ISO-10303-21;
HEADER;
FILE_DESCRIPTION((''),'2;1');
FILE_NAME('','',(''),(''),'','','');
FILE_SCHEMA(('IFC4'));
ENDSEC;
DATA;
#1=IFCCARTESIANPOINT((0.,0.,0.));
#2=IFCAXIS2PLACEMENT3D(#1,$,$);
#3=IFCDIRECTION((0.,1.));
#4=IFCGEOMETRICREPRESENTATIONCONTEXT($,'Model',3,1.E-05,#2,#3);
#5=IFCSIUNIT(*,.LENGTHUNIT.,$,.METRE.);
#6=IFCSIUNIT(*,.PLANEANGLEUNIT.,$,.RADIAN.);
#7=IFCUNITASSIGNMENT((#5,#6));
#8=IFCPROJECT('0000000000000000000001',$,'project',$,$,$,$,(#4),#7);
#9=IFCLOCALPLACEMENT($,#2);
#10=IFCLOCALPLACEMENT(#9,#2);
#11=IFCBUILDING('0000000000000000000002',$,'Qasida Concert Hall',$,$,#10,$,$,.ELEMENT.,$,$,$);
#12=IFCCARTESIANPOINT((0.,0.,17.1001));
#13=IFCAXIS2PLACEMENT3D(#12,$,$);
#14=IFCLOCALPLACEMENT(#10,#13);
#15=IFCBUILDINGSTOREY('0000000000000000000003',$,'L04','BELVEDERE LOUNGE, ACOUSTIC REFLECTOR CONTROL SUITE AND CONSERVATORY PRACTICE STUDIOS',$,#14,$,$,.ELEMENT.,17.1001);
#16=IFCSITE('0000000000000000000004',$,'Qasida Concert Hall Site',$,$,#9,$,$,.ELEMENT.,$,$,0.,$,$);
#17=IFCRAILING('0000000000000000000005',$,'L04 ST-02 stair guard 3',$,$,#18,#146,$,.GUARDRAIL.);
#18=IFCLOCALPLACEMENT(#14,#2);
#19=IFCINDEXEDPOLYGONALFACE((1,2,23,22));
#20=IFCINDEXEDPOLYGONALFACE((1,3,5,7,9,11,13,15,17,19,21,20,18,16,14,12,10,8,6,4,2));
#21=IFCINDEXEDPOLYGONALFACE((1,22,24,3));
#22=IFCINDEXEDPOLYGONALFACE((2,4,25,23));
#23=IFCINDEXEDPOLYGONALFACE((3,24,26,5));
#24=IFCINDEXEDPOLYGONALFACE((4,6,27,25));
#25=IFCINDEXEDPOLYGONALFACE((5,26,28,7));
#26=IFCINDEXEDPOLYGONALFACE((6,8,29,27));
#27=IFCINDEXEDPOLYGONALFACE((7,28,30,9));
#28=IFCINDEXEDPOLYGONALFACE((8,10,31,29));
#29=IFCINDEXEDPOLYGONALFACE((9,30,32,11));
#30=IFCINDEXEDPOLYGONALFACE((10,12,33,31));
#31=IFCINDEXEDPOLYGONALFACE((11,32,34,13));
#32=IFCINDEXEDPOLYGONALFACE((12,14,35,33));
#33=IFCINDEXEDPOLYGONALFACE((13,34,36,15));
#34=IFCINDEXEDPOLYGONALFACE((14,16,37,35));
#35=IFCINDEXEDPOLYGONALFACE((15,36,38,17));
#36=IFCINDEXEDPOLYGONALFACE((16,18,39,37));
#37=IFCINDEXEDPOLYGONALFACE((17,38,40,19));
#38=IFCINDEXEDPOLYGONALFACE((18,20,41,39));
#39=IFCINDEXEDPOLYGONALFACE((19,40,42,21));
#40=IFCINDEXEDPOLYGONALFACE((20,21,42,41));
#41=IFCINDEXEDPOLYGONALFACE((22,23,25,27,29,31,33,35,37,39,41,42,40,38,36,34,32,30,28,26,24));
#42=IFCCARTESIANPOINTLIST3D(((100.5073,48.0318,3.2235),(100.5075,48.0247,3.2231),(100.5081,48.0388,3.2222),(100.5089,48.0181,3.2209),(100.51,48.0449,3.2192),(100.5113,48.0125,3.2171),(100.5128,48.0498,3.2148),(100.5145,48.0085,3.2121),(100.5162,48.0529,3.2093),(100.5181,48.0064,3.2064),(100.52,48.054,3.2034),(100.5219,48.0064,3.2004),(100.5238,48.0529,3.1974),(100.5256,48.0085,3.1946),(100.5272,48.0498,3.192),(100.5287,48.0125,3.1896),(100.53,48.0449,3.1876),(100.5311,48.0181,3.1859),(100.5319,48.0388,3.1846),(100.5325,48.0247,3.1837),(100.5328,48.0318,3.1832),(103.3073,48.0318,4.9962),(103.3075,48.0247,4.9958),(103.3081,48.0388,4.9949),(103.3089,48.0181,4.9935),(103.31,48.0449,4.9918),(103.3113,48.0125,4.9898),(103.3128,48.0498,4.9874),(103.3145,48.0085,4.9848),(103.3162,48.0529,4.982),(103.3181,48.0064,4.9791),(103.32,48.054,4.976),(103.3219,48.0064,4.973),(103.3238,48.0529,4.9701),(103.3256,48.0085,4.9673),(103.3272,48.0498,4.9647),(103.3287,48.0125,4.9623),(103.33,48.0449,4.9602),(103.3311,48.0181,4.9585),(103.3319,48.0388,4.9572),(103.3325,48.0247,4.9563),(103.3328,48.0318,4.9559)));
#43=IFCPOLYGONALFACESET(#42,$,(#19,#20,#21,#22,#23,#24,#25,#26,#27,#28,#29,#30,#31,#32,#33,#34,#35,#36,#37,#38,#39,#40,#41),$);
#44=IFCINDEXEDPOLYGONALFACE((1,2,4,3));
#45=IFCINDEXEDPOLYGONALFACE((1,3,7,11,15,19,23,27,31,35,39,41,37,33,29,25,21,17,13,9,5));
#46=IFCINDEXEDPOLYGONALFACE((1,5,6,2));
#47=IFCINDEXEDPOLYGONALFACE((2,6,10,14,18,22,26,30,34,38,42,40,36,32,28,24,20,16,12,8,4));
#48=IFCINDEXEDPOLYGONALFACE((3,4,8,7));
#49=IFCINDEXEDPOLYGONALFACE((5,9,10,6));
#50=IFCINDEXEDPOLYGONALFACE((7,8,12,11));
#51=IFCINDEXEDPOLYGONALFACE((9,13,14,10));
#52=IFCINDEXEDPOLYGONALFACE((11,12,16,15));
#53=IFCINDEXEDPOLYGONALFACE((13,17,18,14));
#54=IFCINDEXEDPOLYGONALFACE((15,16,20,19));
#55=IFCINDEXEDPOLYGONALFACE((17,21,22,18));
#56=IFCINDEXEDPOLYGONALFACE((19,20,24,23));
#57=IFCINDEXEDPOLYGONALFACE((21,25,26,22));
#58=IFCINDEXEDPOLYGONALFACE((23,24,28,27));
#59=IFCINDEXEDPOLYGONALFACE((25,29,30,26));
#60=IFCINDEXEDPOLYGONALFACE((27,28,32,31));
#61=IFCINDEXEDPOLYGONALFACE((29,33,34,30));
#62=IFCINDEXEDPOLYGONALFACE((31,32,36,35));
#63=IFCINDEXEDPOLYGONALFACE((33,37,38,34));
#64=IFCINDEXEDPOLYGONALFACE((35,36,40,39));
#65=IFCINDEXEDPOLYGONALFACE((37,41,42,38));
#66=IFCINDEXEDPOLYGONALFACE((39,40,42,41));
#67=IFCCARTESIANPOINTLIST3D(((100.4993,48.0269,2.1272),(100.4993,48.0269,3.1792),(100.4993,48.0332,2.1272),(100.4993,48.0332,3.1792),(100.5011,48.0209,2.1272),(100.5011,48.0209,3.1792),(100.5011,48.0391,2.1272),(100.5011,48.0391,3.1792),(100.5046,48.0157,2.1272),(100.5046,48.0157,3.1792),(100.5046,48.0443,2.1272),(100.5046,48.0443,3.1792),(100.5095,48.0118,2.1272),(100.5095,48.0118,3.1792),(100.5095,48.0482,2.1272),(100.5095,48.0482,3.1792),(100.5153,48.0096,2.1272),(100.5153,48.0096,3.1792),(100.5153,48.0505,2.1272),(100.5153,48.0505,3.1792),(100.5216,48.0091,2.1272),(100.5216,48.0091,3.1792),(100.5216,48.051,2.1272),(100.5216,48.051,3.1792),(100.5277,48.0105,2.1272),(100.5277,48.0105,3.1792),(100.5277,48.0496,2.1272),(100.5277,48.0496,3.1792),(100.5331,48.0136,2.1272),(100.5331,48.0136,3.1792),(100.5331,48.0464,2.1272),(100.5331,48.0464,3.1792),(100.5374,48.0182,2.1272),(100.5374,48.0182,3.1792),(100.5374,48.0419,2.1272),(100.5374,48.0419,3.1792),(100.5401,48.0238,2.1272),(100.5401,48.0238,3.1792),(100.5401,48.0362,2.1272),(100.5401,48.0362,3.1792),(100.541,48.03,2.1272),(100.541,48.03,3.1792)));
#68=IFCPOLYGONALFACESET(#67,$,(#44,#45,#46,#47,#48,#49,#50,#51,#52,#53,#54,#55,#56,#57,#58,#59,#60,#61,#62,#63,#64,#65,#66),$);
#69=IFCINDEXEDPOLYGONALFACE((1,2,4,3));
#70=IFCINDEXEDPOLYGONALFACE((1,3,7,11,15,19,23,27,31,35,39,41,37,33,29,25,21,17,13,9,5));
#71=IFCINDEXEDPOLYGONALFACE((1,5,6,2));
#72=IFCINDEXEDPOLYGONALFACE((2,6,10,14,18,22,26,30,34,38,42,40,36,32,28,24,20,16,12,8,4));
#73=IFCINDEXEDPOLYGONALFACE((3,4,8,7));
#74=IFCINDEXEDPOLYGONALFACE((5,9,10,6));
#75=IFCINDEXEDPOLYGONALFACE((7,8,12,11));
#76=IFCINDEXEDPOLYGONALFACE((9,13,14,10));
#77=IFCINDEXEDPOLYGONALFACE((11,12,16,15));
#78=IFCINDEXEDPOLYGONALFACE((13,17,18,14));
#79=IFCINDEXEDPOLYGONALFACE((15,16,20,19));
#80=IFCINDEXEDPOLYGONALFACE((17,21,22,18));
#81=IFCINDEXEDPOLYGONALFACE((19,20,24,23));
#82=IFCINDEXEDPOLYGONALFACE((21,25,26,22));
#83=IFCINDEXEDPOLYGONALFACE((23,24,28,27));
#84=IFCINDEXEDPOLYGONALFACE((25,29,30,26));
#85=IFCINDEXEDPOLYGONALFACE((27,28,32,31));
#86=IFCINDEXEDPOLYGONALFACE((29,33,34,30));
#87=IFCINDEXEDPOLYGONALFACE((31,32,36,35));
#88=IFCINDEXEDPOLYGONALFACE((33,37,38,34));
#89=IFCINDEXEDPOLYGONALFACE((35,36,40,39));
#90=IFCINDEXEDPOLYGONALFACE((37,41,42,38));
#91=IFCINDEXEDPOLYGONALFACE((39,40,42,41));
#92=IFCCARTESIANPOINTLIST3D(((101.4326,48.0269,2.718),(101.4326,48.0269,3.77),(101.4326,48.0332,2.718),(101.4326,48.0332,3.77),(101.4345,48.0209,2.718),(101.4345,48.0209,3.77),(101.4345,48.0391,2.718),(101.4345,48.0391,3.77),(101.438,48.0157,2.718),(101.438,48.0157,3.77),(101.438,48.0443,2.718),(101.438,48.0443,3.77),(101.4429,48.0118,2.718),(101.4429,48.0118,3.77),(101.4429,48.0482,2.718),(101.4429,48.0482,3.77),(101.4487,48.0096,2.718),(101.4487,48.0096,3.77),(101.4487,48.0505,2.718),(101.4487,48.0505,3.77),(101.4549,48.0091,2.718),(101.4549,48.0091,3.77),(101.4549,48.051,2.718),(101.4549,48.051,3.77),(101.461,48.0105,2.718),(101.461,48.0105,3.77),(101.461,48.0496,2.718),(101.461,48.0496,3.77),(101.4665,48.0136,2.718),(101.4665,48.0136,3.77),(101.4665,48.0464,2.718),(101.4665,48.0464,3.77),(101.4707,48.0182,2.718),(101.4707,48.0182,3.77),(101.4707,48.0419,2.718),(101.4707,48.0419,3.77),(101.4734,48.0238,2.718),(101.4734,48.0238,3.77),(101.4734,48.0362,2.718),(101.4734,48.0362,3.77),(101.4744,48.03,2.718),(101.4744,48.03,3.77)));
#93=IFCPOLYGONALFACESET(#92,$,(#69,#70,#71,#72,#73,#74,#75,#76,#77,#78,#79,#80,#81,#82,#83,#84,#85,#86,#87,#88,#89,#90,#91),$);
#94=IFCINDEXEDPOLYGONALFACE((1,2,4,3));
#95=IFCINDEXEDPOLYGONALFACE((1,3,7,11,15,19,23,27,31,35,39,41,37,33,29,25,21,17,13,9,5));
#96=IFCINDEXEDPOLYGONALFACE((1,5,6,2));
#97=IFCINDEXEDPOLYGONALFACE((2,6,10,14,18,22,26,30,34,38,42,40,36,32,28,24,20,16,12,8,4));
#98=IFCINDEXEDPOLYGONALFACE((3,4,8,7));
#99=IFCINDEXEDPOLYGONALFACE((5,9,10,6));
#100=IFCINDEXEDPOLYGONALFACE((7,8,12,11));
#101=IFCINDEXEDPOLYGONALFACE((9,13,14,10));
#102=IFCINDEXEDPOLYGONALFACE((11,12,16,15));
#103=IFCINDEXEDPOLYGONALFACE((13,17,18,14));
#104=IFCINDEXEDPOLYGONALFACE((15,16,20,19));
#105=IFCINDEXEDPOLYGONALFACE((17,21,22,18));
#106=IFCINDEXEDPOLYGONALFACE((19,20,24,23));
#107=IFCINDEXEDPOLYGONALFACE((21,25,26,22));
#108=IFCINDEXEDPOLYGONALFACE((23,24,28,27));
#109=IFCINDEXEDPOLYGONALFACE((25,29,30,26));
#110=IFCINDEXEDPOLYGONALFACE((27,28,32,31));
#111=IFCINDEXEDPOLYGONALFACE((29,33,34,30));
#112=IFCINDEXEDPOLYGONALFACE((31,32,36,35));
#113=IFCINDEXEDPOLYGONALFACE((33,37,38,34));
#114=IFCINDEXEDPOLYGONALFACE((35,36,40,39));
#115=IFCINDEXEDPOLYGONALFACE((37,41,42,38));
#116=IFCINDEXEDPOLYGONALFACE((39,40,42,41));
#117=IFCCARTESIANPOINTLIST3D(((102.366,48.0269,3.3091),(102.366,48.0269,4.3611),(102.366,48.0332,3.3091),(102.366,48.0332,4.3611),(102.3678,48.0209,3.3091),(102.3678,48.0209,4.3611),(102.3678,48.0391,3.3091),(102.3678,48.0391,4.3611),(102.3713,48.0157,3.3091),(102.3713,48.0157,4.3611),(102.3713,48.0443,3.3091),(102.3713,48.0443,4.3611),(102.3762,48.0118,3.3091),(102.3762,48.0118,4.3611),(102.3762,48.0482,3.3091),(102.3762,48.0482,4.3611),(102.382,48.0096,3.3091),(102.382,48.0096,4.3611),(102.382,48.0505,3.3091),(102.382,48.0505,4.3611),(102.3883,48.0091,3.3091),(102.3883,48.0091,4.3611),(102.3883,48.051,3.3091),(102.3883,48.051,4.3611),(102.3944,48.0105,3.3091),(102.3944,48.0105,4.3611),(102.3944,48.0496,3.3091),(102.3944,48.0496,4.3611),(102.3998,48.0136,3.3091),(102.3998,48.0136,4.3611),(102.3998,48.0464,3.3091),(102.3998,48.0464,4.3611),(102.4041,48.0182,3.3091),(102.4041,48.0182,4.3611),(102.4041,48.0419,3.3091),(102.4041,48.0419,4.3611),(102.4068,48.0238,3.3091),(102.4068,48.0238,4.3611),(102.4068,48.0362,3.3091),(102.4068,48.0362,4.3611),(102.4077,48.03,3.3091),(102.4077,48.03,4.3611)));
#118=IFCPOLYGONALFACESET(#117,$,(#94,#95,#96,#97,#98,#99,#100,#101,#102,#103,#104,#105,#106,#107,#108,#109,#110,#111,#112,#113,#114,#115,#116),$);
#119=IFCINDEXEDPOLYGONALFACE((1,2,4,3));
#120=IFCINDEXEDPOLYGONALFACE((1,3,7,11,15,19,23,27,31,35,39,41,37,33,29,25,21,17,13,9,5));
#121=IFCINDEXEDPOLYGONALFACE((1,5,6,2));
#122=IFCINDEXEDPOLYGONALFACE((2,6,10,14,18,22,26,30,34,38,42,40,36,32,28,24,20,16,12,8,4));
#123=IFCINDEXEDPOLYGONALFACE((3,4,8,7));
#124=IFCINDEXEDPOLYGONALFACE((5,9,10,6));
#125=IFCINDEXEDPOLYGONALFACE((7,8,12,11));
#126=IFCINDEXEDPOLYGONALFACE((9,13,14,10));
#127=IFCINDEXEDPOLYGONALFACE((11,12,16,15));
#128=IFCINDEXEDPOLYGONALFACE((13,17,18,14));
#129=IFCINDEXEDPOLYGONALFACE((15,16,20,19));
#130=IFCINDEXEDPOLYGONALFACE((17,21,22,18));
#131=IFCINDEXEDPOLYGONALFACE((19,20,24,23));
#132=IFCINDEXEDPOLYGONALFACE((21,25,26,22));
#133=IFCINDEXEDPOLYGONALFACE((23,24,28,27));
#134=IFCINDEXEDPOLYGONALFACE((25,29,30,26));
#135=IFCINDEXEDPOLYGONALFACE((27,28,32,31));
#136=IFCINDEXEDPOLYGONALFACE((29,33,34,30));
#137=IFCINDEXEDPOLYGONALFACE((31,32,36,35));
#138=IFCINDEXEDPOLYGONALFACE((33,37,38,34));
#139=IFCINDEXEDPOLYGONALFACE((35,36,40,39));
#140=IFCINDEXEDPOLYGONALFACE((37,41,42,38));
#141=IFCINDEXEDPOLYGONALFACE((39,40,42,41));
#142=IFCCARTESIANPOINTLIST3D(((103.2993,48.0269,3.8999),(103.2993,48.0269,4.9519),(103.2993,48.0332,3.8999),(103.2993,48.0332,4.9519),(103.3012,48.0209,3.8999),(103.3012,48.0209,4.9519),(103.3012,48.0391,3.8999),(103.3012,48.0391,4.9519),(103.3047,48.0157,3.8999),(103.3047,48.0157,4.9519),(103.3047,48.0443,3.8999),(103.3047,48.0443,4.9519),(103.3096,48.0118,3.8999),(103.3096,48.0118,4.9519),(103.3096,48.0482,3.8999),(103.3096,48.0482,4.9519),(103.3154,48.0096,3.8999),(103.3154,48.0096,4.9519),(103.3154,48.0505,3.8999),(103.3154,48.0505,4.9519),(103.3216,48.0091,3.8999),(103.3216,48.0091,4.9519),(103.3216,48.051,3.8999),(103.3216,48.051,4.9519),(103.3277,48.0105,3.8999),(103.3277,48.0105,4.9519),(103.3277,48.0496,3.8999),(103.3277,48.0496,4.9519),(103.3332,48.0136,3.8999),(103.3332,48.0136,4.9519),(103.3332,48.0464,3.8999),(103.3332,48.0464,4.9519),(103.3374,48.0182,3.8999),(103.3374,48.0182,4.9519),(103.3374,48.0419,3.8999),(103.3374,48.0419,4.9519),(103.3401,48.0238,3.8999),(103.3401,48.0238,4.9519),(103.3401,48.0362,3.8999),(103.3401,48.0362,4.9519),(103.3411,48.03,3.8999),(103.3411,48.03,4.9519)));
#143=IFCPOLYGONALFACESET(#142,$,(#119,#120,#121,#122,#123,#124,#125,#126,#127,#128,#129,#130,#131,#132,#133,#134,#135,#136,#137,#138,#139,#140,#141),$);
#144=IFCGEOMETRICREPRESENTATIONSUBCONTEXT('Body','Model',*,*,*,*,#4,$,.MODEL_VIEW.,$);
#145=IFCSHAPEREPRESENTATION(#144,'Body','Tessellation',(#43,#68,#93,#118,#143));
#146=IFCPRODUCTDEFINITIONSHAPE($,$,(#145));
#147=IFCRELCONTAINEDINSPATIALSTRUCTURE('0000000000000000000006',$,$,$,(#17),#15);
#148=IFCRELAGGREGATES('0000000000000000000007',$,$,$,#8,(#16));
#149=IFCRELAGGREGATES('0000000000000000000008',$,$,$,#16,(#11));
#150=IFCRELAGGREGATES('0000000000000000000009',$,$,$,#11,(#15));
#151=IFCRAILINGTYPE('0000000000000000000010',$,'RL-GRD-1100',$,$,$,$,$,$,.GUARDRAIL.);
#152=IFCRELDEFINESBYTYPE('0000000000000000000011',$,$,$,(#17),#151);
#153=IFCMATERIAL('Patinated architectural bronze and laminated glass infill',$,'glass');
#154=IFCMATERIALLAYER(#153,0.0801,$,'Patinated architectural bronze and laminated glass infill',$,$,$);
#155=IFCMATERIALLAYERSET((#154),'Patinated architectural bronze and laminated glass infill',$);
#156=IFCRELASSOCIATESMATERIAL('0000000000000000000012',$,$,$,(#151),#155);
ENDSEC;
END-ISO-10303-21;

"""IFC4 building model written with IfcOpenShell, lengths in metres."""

from ifc_helpers import new_model, si_unit, direction, frame, origin, origin_2d, place, context, subcontext, project, spatial, circle, extrude, material, layer, layer_set, type_object, element, save


model = new_model("IFC4")

# Units and contexts
model_context = context("Model", 3, precision=1e-05, world=origin(), true_north=direction((0.0, 1.0)))
body_context = subcontext(model_context, "Body", "Model", "MODEL_VIEW")
ifc_project = project(units=[si_unit("LENGTHUNIT", "METRE"), si_unit("PLANEANGLEUNIT", "RADIAN")], contexts=[model_context])

# Site, building, storey
site_placement = place(None, origin())
site = spatial("IfcSite", under=ifc_project, at=site_placement, Name="Qasida Concert Hall Site", CompositionType="ELEMENT", RefElevation=0.0)
building_placement = place(site_placement, origin())
building = spatial("IfcBuilding", under=site, at=building_placement, Name="Qasida Concert Hall", CompositionType="ELEMENT")
storey_placement = place(building_placement, frame((0.0, 0.0, 17.1001)))
storey = spatial("IfcBuildingStorey", under=building, at=storey_placement, Name="L04", Description="BELVEDERE LOUNGE, ACOUSTIC REFLECTOR CONTROL SUITE AND CONSERVATORY PRACTICE STUDIOS", CompositionType="ELEMENT", Elevation=17.1001)

# Railing
ifc_material_1 = material(Name="Patinated architectural bronze and laminated glass infill", Category="glass")
ifc_layer_1 = layer(ifc_material_1, 0.0801, Name="Patinated architectural bronze and laminated glass infill")
ifc_layer_set_1 = layer_set([ifc_layer_1], Name="Patinated architectural bronze and laminated glass infill")
railing_type_1 = type_object("IfcRailingType", Name="RL-GRD-1100", PredefinedType="GUARDRAIL", material=ifc_layer_set_1)
railing_1_placement = place(storey_placement, frame((100.52, 48.03, 2.1272)))
element("IfcRailing", 1, at=railing_1_placement, inside=storey, type_object=railing_type_1, Name="L04 ST-02 stair guard 3", PredefinedType="GUARDRAIL", context=body_context, shape_type="SweptSolid", body=[
    extrude(circle(Radius=0.0239, at=origin_2d()), frame((0.0, 0.0, 1.0762), z_axis=(0.844909, 0.0, 0.53491), x_axis=(0.0, 1.0, 0.0)), (0.0, 0.0, 1.0), 3.314),
    extrude(circle(Radius=0.021, at=origin_2d()), origin(), (0.0, 0.0, 1.0), 1.052),
    extrude(circle(Radius=0.021, at=origin_2d()), frame((0.9333, 0.0, 0.5908)), (0.0, 0.0, 1.0), 1.052),
    extrude(circle(Radius=0.021, at=origin_2d()), frame((1.8667, 0.0, 1.1819)), (0.0, 0.0, 1.0), 1.052),
    extrude(circle(Radius=0.021, at=origin_2d()), frame((2.8, 0.0, 1.7727)), (0.0, 0.0, 1.0), 1.052),
])

save(model, "model.ifc")
